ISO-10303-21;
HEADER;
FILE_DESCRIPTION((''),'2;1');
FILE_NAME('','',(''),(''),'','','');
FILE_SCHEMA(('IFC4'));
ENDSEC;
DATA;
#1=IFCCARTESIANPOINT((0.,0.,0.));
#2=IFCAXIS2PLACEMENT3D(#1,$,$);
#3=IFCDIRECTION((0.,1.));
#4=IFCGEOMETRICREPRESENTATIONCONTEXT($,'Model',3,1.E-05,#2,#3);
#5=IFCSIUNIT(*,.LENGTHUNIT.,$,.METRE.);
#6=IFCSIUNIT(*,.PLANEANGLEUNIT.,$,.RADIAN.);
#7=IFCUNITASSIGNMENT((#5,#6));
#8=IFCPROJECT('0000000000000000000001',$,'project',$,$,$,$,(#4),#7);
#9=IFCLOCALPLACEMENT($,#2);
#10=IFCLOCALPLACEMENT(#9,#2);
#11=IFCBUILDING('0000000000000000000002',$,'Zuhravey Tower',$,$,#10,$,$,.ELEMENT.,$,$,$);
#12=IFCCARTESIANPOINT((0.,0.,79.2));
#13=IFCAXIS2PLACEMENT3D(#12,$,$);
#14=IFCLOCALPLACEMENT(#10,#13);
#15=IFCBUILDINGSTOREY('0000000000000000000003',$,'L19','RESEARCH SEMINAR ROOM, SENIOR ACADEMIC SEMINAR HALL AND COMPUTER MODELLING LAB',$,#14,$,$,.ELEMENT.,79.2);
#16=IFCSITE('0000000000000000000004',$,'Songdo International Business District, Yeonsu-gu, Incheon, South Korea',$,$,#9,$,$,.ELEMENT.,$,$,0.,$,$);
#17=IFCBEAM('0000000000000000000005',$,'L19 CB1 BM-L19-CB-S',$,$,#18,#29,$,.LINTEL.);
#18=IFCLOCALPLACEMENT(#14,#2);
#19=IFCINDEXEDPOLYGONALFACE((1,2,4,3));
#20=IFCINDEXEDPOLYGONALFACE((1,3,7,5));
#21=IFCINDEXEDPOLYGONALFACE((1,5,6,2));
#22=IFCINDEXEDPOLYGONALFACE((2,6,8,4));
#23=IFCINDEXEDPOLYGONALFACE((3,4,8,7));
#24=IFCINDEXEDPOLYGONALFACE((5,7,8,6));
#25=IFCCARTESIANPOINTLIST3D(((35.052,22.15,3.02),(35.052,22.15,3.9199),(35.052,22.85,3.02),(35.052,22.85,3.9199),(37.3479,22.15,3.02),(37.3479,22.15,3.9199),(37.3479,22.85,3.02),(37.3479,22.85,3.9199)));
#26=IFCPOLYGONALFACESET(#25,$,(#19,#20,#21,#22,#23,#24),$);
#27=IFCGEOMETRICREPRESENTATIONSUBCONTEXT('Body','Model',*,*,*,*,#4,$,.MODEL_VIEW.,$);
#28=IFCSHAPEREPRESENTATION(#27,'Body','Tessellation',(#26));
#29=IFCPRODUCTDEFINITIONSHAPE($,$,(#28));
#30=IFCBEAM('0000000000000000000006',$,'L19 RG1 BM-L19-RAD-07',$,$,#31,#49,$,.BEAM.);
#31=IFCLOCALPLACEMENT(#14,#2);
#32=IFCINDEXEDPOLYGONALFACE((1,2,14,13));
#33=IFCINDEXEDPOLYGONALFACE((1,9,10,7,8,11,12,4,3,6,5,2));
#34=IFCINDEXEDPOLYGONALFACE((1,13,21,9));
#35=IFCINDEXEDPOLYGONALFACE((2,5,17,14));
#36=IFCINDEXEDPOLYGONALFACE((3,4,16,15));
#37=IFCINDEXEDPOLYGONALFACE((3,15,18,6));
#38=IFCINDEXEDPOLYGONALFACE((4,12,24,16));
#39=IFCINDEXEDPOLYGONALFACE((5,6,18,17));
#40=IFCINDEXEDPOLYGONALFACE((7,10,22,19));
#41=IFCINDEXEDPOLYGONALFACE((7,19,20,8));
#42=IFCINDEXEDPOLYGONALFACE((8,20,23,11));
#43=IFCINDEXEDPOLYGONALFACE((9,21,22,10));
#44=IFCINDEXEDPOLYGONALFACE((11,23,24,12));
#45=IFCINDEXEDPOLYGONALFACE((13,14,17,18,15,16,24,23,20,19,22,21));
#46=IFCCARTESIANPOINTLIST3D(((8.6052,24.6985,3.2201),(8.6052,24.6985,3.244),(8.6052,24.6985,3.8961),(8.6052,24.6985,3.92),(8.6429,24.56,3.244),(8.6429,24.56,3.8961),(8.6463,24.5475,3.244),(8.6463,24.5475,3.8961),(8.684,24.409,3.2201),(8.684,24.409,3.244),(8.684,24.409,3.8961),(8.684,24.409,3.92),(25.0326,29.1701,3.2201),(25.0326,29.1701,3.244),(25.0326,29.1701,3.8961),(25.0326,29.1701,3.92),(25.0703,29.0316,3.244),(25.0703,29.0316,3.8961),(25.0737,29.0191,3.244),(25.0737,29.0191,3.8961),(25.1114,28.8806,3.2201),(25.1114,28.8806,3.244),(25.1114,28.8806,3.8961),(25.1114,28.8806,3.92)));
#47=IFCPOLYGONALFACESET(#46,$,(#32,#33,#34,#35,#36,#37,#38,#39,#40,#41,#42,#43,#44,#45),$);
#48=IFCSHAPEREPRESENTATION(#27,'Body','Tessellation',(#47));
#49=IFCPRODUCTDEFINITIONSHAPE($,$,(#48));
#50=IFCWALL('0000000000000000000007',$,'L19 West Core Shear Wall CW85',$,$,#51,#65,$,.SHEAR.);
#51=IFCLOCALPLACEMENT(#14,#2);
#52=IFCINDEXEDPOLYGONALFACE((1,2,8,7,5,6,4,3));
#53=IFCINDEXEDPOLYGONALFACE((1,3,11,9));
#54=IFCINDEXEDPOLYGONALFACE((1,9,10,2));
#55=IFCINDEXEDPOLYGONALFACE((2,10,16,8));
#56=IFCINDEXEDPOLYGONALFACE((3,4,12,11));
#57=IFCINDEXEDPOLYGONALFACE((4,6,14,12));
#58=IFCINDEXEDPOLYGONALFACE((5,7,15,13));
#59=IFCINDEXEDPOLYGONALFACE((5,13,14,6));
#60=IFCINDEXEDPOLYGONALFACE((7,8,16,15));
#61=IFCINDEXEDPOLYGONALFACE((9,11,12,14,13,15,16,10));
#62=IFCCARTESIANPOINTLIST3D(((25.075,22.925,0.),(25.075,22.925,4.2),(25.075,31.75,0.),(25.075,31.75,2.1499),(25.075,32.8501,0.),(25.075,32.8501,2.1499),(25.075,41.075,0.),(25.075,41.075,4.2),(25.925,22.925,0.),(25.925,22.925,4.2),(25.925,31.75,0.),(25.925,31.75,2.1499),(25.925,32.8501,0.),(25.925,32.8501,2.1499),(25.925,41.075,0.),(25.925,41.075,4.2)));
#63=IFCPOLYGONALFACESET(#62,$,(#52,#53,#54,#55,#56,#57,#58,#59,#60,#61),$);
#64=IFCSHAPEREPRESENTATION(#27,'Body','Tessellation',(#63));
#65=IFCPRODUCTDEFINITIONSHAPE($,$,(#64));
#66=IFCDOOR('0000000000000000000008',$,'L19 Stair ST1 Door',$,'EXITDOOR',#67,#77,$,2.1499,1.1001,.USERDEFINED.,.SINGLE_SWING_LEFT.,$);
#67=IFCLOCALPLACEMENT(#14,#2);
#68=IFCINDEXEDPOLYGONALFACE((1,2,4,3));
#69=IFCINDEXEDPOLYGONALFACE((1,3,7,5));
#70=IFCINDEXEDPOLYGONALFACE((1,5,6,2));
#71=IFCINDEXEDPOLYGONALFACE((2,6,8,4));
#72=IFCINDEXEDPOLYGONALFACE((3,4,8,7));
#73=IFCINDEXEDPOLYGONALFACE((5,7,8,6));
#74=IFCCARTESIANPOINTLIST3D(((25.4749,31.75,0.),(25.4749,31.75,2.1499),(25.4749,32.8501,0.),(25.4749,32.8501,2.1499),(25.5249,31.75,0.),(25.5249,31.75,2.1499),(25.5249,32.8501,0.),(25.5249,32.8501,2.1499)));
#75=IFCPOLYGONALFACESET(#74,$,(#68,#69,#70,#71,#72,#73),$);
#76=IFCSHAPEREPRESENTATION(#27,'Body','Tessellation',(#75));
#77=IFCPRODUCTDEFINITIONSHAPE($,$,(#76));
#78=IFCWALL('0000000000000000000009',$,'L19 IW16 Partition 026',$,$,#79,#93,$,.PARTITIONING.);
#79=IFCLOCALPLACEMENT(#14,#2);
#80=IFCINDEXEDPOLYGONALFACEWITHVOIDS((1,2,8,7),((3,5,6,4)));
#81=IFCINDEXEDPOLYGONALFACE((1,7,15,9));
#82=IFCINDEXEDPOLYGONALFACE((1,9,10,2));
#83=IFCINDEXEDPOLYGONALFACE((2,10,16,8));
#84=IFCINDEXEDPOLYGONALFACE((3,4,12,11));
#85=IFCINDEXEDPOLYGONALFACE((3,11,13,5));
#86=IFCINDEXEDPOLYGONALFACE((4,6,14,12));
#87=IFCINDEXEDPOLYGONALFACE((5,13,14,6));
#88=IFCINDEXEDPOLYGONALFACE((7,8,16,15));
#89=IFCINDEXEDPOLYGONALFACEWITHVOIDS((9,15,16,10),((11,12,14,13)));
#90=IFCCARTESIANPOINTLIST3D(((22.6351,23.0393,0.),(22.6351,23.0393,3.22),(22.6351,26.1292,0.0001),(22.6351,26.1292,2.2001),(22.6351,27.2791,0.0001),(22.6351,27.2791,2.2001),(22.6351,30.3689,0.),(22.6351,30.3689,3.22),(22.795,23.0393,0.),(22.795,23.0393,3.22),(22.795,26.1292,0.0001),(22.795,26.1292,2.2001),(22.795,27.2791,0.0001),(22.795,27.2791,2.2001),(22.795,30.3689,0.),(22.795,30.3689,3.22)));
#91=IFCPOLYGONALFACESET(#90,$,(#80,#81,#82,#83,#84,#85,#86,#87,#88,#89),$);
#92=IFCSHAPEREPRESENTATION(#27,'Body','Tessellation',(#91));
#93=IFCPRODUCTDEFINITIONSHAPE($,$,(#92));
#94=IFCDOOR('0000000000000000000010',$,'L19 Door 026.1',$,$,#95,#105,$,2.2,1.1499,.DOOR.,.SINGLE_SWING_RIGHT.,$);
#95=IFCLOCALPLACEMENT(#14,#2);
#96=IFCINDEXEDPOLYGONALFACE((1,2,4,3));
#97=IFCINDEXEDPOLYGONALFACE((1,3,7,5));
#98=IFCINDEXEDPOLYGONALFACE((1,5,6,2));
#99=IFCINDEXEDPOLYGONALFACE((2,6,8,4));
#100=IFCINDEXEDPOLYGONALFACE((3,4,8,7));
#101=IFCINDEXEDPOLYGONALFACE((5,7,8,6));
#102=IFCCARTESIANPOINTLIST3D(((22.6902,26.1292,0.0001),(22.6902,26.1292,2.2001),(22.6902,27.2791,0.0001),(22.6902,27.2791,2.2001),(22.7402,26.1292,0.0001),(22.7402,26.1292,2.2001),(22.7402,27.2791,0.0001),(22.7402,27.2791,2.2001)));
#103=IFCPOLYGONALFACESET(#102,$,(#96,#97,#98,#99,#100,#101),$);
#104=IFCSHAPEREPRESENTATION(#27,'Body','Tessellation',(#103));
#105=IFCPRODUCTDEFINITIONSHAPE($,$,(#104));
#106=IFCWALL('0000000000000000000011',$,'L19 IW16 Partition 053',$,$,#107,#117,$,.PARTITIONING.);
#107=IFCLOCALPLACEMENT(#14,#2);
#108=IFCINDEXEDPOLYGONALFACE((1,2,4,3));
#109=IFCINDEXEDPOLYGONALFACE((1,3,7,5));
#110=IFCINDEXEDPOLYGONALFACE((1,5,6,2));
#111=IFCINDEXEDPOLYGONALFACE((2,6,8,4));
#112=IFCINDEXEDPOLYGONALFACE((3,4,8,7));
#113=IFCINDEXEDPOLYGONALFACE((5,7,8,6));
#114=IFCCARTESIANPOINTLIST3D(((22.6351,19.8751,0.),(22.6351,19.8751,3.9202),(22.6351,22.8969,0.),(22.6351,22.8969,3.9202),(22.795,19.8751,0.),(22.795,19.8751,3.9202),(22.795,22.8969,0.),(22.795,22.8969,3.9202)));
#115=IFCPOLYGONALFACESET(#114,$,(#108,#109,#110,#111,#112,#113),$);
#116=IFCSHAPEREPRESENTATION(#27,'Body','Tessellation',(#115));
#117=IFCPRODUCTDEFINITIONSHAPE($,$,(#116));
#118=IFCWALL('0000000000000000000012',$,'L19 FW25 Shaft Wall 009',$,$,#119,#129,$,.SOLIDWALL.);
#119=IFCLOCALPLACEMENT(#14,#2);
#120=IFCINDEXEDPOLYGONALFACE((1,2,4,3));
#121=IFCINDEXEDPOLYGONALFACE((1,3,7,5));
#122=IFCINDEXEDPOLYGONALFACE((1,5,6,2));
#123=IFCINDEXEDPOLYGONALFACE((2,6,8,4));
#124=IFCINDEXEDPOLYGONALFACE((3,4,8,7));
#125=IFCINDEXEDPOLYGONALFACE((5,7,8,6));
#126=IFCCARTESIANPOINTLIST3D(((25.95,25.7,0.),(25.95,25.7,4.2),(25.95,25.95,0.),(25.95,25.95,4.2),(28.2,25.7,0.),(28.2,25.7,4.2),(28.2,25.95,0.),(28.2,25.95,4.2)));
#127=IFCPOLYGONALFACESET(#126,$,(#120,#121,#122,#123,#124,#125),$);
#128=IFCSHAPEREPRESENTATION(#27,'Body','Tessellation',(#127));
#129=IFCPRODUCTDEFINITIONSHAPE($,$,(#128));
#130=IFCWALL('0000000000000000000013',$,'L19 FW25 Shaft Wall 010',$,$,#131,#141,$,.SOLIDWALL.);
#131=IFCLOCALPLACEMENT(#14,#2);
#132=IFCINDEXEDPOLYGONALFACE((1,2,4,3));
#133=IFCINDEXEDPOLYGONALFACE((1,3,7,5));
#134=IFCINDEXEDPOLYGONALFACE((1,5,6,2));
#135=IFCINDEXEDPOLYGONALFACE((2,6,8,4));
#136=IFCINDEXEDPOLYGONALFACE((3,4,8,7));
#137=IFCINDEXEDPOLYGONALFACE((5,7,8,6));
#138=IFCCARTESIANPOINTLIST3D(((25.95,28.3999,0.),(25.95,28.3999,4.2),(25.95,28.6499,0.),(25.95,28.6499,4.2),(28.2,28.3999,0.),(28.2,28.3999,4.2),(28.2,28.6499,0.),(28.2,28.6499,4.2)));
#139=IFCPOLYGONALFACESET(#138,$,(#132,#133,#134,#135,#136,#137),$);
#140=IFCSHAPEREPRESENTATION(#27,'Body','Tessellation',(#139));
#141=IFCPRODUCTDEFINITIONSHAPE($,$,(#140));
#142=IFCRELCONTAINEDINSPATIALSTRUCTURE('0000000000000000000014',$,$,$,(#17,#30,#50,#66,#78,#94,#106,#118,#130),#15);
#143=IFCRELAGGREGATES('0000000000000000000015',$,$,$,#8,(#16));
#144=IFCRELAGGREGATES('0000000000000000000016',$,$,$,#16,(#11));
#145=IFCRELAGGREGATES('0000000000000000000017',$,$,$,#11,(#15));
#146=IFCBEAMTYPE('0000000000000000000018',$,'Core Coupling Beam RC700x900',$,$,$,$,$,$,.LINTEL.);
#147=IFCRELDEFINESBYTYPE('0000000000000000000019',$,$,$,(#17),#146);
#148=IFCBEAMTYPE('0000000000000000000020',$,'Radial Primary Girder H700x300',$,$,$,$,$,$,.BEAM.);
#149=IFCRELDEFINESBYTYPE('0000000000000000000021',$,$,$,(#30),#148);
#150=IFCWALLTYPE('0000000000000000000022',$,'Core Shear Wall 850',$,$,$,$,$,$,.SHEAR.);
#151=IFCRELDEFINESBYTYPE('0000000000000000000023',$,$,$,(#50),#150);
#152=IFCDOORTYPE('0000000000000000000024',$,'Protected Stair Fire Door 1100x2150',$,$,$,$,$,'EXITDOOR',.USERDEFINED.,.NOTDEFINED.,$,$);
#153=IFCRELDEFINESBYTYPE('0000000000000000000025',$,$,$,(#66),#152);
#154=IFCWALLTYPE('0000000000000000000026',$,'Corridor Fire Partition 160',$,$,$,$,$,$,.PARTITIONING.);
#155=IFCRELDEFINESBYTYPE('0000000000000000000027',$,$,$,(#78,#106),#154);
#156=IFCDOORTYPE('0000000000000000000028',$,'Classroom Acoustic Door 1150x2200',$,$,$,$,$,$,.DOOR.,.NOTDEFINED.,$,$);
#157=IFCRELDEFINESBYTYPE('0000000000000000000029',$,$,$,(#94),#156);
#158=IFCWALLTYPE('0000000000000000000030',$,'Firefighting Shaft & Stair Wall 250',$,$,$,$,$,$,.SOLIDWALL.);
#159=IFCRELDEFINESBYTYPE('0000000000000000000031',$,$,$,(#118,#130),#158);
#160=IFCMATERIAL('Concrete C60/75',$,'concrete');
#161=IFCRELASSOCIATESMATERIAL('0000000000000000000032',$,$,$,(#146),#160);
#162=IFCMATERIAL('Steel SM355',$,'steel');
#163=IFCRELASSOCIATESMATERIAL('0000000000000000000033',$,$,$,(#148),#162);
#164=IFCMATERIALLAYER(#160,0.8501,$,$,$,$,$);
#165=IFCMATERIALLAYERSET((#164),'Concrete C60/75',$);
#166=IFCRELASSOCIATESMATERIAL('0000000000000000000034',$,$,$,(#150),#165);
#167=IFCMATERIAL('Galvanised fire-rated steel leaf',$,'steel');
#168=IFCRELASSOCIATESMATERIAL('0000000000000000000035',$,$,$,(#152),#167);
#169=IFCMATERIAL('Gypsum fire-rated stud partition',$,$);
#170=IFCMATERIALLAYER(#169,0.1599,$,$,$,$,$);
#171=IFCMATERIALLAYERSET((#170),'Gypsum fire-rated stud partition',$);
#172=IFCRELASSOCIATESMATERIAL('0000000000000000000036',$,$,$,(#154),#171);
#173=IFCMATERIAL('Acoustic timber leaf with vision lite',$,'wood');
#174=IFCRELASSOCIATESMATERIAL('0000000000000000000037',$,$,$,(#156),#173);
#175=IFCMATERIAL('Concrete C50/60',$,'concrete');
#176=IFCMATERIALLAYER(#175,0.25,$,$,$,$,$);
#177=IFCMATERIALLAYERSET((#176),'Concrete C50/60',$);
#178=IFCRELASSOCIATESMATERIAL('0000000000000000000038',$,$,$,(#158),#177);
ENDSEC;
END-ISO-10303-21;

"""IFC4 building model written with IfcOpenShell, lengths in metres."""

from ifc_helpers import new_model, si_unit, direction, frame, frame_2d, origin, origin_2d, place, context, subcontext, project, spatial, rectangle, i_section, extrude, material, layer, layer_set, material_profile, profile_set, type_object, element, fill, save


model = new_model("IFC4")

# Units and contexts
model_context = context("Model", 3, precision=1e-05, world=origin(), true_north=direction((0.0, 1.0)))
body_context = subcontext(model_context, "Body", "Model", "MODEL_VIEW")
ifc_project = project(units=[si_unit("LENGTHUNIT", "METRE"), si_unit("PLANEANGLEUNIT", "RADIAN")], contexts=[model_context])

# Site, building, storey
site_placement = place(None, origin())
site = spatial("IfcSite", under=ifc_project, at=site_placement, Name="Songdo International Business District, Yeonsu-gu, Incheon, South Korea", CompositionType="ELEMENT", RefElevation=0.0)
building_placement = place(site_placement, origin())
building = spatial("IfcBuilding", under=site, at=building_placement, Name="Zuhravey Tower", CompositionType="ELEMENT")
storey_placement = place(building_placement, frame((0.0, 0.0, 79.2)))
storey = spatial("IfcBuildingStorey", under=building, at=storey_placement, Name="L19", Description="RESEARCH SEMINAR ROOM, SENIOR ACADEMIC SEMINAR HALL AND COMPUTER MODELLING LAB", CompositionType="ELEMENT", Elevation=79.2)

# Beams
ifc_material_1 = material(Name="Concrete C60/75", Category="concrete")
ifc_material_profile_1 = material_profile(ifc_material_1, rectangle(XDim=0.7, YDim=0.8999, at=origin_2d()), Name="RC-700x900")
ifc_profile_set_1 = profile_set([ifc_material_profile_1], Name="Concrete C60/75")
beam_type_1 = type_object("IfcBeamType", Name="Core Coupling Beam RC700x900", PredefinedType="LINTEL", material=ifc_profile_set_1)
beam_1_placement = place(storey_placement, frame((35.052, 22.5, 3.47), z_axis=(1.0, 0.0, 0.0), x_axis=(0.0, 1.0, 0.0)))
element("IfcBeam", 1, at=beam_1_placement, inside=storey, type_object=beam_type_1, Name="L19 CB1 BM-L19-CB-S", PredefinedType="LINTEL", context=body_context, shape_type="SweptSolid", body=[
    extrude(rectangle(XDim=0.7, YDim=0.8999, at=origin_2d()), origin(), (0.0, 0.0, 1.0), 2.2959),
])
ifc_material_2 = material(Name="Steel SM355", Category="steel")
ifc_material_profile_2 = material_profile(ifc_material_2, i_section(OverallWidth=0.3, OverallDepth=0.7, WebThickness=0.0129, FlangeThickness=0.0239, at=origin_2d()), Name="H-700x300x13x24")
ifc_profile_set_2 = profile_set([ifc_material_profile_2], Name="Steel SM355")
beam_type_2 = type_object("IfcBeamType", Name="Radial Primary Girder H700x300", PredefinedType="BEAM", material=ifc_profile_set_2)
beam_2_placement = place(storey_placement, frame((25.072, 29.0254, 3.5701), z_axis=(-0.964891, -0.26265, 0.0), x_axis=(0.26265, -0.964891, 0.0)))
element("IfcBeam", 2, at=beam_2_placement, inside=storey, type_object=beam_type_2, Name="L19 RG1 BM-L19-RAD-07", PredefinedType="BEAM", context=body_context, shape_type="SweptSolid", body=[
    extrude(i_section(OverallWidth=0.3, OverallDepth=0.7, WebThickness=0.0129, FlangeThickness=0.0239, at=origin_2d()), origin(), (0.0, 0.0, 1.0), 17.0251),
])

# Walls, openings, doors
ifc_layer_1 = layer(ifc_material_1, 0.8501)
ifc_layer_set_1 = layer_set([ifc_layer_1], Name="Concrete C60/75")
wall_type_1 = type_object("IfcWallType", Name="Core Shear Wall 850", PredefinedType="SHEAR", material=ifc_layer_set_1)
ifc_material_3 = material(Name="Galvanised fire-rated steel leaf", Category="steel")
wall_1_placement = place(storey_placement, frame((25.5, 22.925, 0.0), z_axis=(0.0, 0.0, 1.0), x_axis=(0.0, 1.0, 0.0)))
wall_1 = element("IfcWall", 3, at=wall_1_placement, inside=storey, type_object=wall_type_1, Name="L19 West Core Shear Wall CW85", PredefinedType="SHEAR", context=body_context, shape_type="SweptSolid", body=[
    extrude(rectangle(XDim=18.1499, YDim=0.8501, at=frame_2d((9.075, 0.0))), origin(), (0.0, 0.0, 1.0), 4.2),
])
opening_1_placement = place(wall_1_placement, frame((8.825, 0.0, 0.0)))
opening_1 = element("IfcOpeningElement", 4, at=opening_1_placement, cuts=wall_1, PredefinedType="OPENING", context=body_context, shape_type="SweptSolid", body=[
    extrude(rectangle(XDim=1.1001, YDim=2.1499, at=frame_2d((0.55, 1.075))), frame((0.0, 0.437, 0.0), z_axis=(0.0, -1.0, 0.0), x_axis=(1.0, 0.0, 0.0)), (0.0, 0.0, 1.0), 0.874),
])
door_type_1 = type_object("IfcDoorType", Name="Protected Stair Fire Door 1100x2150", ElementType="EXITDOOR", OperationType="NOTDEFINED", PredefinedType="USERDEFINED", material=ifc_material_3)
door_1_placement = place(opening_1_placement, frame((1.1001, 0.0, 0.0), z_axis=(0.0, 0.0, 1.0), x_axis=(-1.0, 0.0, 0.0)))
door_1 = element("IfcDoor", 5, at=door_1_placement, inside=storey, type_object=door_type_1, Name="L19 Stair ST1 Door", ObjectType="EXITDOOR", OperationType="SINGLE_SWING_LEFT", OverallHeight=2.1499, OverallWidth=1.1001, PredefinedType="USERDEFINED", context=body_context, shape_type="SweptSolid", body=[
    extrude(rectangle(XDim=1.1001, YDim=2.1499, at=frame_2d((0.55, 1.075))), frame((0.0, 0.0249, 0.0), z_axis=(0.0, -1.0, 0.0), x_axis=(1.0, 0.0, 0.0)), (0.0, 0.0, 1.0), 0.05),
])
fill(opening_1, door_1)
ifc_material_4 = material(Name="Gypsum fire-rated stud partition")
ifc_layer_2 = layer(ifc_material_4, 0.1599)
ifc_layer_set_2 = layer_set([ifc_layer_2], Name="Gypsum fire-rated stud partition")
wall_type_2 = type_object("IfcWallType", Name="Corridor Fire Partition 160", PredefinedType="PARTITIONING", material=ifc_layer_set_2)
wall_2_placement = place(storey_placement, frame((22.7151, 30.3689, 0.0), z_axis=(0.0, 0.0, 1.0), x_axis=(0.0, -1.0, 0.0)))
wall_2 = element("IfcWall", 6, at=wall_2_placement, inside=storey, type_object=wall_type_2, Name="L19 IW16 Partition 026", PredefinedType="PARTITIONING", context=body_context, shape_type="SweptSolid", body=[
    extrude(rectangle(XDim=7.3296, YDim=0.1599, at=frame_2d((3.6648, 0.0))), origin(), (0.0, 0.0, 1.0), 3.22),
])
opening_2_placement = place(wall_2_placement, frame((3.0898, 0.0, 0.0)))
opening_2 = element("IfcOpeningElement", 7, at=opening_2_placement, cuts=wall_2, PredefinedType="OPENING", context=body_context, shape_type="SweptSolid", body=[
    extrude(rectangle(XDim=1.1499, YDim=2.2, at=frame_2d((0.575, 1.1001))), frame((0.0, 0.092, 0.0), z_axis=(0.0, -1.0, 0.0), x_axis=(1.0, 0.0, 0.0)), (0.0, 0.0, 1.0), 0.1838),
])
ifc_material_5 = material(Name="Acoustic timber leaf with vision lite", Category="wood")
door_type_2 = type_object("IfcDoorType", Name="Classroom Acoustic Door 1150x2200", OperationType="NOTDEFINED", PredefinedType="DOOR", material=ifc_material_5)
door_2_placement = place(opening_2_placement, frame((1.1499, 0.0, 0.0), z_axis=(0.0, 0.0, 1.0), x_axis=(-1.0, 0.0, 0.0)))
door_2 = element("IfcDoor", 8, at=door_2_placement, inside=storey, type_object=door_type_2, Name="L19 Door 026.1", OperationType="SINGLE_SWING_RIGHT", OverallHeight=2.2, OverallWidth=1.1499, PredefinedType="DOOR", context=body_context, shape_type="SweptSolid", body=[
    extrude(rectangle(XDim=1.1499, YDim=2.2, at=frame_2d((0.575, 1.1001))), frame((0.0, 0.0249, 0.0), z_axis=(0.0, -1.0, 0.0), x_axis=(1.0, 0.0, 0.0)), (0.0, 0.0, 1.0), 0.05),
])
fill(opening_2, door_2)

# Wall
wall_3_placement = place(storey_placement, frame((22.7151, 22.8967, 0.0), z_axis=(0.0, 0.0, 1.0), x_axis=(0.0, -1.0, 0.0)))
element("IfcWall", 9, at=wall_3_placement, inside=storey, type_object=wall_type_2, Name="L19 IW16 Partition 053", PredefinedType="PARTITIONING", context=body_context, shape_type="SweptSolid", body=[
    extrude(rectangle(XDim=3.0217, YDim=0.1599, at=frame_2d((1.5107, 0.0))), origin(), (0.0, 0.0, 1.0), 3.9202),
])

# Shared definitions
ifc_material_6 = material(Name="Concrete C50/60", Category="concrete")
ifc_layer_3 = layer(ifc_material_6, 0.25)
ifc_layer_set_3 = layer_set([ifc_layer_3], Name="Concrete C50/60")
wall_type_3 = type_object("IfcWallType", Name="Firefighting Shaft & Stair Wall 250", PredefinedType="SOLIDWALL", material=ifc_layer_set_3)

# Walls
for number, where, z_axis, x_axis, name in (
    (10, (25.95, 25.825, 0.0), (0.0, 0.0, 1.0), (1.0, 0.0, 0.0), "L19 FW25 Shaft Wall 009"),
    (11, (25.95, 28.5249, 0.0), (0.0, 0.0, 1.0), (1.0, 0.0, 0.0), "L19 FW25 Shaft Wall 010"),
):
    element("IfcWall", number, at=place(storey_placement, frame(where, z_axis=z_axis, x_axis=x_axis)), inside=storey, type_object=wall_type_3, Name=name, PredefinedType="SOLIDWALL", context=body_context, shape_type="SweptSolid", body=[
        extrude(rectangle(XDim=2.25, YDim=0.25, at=frame_2d((1.125, 0.0))), origin(), (0.0, 0.0, 1.0), 4.2),
    ])

save(model, "model.ifc")
